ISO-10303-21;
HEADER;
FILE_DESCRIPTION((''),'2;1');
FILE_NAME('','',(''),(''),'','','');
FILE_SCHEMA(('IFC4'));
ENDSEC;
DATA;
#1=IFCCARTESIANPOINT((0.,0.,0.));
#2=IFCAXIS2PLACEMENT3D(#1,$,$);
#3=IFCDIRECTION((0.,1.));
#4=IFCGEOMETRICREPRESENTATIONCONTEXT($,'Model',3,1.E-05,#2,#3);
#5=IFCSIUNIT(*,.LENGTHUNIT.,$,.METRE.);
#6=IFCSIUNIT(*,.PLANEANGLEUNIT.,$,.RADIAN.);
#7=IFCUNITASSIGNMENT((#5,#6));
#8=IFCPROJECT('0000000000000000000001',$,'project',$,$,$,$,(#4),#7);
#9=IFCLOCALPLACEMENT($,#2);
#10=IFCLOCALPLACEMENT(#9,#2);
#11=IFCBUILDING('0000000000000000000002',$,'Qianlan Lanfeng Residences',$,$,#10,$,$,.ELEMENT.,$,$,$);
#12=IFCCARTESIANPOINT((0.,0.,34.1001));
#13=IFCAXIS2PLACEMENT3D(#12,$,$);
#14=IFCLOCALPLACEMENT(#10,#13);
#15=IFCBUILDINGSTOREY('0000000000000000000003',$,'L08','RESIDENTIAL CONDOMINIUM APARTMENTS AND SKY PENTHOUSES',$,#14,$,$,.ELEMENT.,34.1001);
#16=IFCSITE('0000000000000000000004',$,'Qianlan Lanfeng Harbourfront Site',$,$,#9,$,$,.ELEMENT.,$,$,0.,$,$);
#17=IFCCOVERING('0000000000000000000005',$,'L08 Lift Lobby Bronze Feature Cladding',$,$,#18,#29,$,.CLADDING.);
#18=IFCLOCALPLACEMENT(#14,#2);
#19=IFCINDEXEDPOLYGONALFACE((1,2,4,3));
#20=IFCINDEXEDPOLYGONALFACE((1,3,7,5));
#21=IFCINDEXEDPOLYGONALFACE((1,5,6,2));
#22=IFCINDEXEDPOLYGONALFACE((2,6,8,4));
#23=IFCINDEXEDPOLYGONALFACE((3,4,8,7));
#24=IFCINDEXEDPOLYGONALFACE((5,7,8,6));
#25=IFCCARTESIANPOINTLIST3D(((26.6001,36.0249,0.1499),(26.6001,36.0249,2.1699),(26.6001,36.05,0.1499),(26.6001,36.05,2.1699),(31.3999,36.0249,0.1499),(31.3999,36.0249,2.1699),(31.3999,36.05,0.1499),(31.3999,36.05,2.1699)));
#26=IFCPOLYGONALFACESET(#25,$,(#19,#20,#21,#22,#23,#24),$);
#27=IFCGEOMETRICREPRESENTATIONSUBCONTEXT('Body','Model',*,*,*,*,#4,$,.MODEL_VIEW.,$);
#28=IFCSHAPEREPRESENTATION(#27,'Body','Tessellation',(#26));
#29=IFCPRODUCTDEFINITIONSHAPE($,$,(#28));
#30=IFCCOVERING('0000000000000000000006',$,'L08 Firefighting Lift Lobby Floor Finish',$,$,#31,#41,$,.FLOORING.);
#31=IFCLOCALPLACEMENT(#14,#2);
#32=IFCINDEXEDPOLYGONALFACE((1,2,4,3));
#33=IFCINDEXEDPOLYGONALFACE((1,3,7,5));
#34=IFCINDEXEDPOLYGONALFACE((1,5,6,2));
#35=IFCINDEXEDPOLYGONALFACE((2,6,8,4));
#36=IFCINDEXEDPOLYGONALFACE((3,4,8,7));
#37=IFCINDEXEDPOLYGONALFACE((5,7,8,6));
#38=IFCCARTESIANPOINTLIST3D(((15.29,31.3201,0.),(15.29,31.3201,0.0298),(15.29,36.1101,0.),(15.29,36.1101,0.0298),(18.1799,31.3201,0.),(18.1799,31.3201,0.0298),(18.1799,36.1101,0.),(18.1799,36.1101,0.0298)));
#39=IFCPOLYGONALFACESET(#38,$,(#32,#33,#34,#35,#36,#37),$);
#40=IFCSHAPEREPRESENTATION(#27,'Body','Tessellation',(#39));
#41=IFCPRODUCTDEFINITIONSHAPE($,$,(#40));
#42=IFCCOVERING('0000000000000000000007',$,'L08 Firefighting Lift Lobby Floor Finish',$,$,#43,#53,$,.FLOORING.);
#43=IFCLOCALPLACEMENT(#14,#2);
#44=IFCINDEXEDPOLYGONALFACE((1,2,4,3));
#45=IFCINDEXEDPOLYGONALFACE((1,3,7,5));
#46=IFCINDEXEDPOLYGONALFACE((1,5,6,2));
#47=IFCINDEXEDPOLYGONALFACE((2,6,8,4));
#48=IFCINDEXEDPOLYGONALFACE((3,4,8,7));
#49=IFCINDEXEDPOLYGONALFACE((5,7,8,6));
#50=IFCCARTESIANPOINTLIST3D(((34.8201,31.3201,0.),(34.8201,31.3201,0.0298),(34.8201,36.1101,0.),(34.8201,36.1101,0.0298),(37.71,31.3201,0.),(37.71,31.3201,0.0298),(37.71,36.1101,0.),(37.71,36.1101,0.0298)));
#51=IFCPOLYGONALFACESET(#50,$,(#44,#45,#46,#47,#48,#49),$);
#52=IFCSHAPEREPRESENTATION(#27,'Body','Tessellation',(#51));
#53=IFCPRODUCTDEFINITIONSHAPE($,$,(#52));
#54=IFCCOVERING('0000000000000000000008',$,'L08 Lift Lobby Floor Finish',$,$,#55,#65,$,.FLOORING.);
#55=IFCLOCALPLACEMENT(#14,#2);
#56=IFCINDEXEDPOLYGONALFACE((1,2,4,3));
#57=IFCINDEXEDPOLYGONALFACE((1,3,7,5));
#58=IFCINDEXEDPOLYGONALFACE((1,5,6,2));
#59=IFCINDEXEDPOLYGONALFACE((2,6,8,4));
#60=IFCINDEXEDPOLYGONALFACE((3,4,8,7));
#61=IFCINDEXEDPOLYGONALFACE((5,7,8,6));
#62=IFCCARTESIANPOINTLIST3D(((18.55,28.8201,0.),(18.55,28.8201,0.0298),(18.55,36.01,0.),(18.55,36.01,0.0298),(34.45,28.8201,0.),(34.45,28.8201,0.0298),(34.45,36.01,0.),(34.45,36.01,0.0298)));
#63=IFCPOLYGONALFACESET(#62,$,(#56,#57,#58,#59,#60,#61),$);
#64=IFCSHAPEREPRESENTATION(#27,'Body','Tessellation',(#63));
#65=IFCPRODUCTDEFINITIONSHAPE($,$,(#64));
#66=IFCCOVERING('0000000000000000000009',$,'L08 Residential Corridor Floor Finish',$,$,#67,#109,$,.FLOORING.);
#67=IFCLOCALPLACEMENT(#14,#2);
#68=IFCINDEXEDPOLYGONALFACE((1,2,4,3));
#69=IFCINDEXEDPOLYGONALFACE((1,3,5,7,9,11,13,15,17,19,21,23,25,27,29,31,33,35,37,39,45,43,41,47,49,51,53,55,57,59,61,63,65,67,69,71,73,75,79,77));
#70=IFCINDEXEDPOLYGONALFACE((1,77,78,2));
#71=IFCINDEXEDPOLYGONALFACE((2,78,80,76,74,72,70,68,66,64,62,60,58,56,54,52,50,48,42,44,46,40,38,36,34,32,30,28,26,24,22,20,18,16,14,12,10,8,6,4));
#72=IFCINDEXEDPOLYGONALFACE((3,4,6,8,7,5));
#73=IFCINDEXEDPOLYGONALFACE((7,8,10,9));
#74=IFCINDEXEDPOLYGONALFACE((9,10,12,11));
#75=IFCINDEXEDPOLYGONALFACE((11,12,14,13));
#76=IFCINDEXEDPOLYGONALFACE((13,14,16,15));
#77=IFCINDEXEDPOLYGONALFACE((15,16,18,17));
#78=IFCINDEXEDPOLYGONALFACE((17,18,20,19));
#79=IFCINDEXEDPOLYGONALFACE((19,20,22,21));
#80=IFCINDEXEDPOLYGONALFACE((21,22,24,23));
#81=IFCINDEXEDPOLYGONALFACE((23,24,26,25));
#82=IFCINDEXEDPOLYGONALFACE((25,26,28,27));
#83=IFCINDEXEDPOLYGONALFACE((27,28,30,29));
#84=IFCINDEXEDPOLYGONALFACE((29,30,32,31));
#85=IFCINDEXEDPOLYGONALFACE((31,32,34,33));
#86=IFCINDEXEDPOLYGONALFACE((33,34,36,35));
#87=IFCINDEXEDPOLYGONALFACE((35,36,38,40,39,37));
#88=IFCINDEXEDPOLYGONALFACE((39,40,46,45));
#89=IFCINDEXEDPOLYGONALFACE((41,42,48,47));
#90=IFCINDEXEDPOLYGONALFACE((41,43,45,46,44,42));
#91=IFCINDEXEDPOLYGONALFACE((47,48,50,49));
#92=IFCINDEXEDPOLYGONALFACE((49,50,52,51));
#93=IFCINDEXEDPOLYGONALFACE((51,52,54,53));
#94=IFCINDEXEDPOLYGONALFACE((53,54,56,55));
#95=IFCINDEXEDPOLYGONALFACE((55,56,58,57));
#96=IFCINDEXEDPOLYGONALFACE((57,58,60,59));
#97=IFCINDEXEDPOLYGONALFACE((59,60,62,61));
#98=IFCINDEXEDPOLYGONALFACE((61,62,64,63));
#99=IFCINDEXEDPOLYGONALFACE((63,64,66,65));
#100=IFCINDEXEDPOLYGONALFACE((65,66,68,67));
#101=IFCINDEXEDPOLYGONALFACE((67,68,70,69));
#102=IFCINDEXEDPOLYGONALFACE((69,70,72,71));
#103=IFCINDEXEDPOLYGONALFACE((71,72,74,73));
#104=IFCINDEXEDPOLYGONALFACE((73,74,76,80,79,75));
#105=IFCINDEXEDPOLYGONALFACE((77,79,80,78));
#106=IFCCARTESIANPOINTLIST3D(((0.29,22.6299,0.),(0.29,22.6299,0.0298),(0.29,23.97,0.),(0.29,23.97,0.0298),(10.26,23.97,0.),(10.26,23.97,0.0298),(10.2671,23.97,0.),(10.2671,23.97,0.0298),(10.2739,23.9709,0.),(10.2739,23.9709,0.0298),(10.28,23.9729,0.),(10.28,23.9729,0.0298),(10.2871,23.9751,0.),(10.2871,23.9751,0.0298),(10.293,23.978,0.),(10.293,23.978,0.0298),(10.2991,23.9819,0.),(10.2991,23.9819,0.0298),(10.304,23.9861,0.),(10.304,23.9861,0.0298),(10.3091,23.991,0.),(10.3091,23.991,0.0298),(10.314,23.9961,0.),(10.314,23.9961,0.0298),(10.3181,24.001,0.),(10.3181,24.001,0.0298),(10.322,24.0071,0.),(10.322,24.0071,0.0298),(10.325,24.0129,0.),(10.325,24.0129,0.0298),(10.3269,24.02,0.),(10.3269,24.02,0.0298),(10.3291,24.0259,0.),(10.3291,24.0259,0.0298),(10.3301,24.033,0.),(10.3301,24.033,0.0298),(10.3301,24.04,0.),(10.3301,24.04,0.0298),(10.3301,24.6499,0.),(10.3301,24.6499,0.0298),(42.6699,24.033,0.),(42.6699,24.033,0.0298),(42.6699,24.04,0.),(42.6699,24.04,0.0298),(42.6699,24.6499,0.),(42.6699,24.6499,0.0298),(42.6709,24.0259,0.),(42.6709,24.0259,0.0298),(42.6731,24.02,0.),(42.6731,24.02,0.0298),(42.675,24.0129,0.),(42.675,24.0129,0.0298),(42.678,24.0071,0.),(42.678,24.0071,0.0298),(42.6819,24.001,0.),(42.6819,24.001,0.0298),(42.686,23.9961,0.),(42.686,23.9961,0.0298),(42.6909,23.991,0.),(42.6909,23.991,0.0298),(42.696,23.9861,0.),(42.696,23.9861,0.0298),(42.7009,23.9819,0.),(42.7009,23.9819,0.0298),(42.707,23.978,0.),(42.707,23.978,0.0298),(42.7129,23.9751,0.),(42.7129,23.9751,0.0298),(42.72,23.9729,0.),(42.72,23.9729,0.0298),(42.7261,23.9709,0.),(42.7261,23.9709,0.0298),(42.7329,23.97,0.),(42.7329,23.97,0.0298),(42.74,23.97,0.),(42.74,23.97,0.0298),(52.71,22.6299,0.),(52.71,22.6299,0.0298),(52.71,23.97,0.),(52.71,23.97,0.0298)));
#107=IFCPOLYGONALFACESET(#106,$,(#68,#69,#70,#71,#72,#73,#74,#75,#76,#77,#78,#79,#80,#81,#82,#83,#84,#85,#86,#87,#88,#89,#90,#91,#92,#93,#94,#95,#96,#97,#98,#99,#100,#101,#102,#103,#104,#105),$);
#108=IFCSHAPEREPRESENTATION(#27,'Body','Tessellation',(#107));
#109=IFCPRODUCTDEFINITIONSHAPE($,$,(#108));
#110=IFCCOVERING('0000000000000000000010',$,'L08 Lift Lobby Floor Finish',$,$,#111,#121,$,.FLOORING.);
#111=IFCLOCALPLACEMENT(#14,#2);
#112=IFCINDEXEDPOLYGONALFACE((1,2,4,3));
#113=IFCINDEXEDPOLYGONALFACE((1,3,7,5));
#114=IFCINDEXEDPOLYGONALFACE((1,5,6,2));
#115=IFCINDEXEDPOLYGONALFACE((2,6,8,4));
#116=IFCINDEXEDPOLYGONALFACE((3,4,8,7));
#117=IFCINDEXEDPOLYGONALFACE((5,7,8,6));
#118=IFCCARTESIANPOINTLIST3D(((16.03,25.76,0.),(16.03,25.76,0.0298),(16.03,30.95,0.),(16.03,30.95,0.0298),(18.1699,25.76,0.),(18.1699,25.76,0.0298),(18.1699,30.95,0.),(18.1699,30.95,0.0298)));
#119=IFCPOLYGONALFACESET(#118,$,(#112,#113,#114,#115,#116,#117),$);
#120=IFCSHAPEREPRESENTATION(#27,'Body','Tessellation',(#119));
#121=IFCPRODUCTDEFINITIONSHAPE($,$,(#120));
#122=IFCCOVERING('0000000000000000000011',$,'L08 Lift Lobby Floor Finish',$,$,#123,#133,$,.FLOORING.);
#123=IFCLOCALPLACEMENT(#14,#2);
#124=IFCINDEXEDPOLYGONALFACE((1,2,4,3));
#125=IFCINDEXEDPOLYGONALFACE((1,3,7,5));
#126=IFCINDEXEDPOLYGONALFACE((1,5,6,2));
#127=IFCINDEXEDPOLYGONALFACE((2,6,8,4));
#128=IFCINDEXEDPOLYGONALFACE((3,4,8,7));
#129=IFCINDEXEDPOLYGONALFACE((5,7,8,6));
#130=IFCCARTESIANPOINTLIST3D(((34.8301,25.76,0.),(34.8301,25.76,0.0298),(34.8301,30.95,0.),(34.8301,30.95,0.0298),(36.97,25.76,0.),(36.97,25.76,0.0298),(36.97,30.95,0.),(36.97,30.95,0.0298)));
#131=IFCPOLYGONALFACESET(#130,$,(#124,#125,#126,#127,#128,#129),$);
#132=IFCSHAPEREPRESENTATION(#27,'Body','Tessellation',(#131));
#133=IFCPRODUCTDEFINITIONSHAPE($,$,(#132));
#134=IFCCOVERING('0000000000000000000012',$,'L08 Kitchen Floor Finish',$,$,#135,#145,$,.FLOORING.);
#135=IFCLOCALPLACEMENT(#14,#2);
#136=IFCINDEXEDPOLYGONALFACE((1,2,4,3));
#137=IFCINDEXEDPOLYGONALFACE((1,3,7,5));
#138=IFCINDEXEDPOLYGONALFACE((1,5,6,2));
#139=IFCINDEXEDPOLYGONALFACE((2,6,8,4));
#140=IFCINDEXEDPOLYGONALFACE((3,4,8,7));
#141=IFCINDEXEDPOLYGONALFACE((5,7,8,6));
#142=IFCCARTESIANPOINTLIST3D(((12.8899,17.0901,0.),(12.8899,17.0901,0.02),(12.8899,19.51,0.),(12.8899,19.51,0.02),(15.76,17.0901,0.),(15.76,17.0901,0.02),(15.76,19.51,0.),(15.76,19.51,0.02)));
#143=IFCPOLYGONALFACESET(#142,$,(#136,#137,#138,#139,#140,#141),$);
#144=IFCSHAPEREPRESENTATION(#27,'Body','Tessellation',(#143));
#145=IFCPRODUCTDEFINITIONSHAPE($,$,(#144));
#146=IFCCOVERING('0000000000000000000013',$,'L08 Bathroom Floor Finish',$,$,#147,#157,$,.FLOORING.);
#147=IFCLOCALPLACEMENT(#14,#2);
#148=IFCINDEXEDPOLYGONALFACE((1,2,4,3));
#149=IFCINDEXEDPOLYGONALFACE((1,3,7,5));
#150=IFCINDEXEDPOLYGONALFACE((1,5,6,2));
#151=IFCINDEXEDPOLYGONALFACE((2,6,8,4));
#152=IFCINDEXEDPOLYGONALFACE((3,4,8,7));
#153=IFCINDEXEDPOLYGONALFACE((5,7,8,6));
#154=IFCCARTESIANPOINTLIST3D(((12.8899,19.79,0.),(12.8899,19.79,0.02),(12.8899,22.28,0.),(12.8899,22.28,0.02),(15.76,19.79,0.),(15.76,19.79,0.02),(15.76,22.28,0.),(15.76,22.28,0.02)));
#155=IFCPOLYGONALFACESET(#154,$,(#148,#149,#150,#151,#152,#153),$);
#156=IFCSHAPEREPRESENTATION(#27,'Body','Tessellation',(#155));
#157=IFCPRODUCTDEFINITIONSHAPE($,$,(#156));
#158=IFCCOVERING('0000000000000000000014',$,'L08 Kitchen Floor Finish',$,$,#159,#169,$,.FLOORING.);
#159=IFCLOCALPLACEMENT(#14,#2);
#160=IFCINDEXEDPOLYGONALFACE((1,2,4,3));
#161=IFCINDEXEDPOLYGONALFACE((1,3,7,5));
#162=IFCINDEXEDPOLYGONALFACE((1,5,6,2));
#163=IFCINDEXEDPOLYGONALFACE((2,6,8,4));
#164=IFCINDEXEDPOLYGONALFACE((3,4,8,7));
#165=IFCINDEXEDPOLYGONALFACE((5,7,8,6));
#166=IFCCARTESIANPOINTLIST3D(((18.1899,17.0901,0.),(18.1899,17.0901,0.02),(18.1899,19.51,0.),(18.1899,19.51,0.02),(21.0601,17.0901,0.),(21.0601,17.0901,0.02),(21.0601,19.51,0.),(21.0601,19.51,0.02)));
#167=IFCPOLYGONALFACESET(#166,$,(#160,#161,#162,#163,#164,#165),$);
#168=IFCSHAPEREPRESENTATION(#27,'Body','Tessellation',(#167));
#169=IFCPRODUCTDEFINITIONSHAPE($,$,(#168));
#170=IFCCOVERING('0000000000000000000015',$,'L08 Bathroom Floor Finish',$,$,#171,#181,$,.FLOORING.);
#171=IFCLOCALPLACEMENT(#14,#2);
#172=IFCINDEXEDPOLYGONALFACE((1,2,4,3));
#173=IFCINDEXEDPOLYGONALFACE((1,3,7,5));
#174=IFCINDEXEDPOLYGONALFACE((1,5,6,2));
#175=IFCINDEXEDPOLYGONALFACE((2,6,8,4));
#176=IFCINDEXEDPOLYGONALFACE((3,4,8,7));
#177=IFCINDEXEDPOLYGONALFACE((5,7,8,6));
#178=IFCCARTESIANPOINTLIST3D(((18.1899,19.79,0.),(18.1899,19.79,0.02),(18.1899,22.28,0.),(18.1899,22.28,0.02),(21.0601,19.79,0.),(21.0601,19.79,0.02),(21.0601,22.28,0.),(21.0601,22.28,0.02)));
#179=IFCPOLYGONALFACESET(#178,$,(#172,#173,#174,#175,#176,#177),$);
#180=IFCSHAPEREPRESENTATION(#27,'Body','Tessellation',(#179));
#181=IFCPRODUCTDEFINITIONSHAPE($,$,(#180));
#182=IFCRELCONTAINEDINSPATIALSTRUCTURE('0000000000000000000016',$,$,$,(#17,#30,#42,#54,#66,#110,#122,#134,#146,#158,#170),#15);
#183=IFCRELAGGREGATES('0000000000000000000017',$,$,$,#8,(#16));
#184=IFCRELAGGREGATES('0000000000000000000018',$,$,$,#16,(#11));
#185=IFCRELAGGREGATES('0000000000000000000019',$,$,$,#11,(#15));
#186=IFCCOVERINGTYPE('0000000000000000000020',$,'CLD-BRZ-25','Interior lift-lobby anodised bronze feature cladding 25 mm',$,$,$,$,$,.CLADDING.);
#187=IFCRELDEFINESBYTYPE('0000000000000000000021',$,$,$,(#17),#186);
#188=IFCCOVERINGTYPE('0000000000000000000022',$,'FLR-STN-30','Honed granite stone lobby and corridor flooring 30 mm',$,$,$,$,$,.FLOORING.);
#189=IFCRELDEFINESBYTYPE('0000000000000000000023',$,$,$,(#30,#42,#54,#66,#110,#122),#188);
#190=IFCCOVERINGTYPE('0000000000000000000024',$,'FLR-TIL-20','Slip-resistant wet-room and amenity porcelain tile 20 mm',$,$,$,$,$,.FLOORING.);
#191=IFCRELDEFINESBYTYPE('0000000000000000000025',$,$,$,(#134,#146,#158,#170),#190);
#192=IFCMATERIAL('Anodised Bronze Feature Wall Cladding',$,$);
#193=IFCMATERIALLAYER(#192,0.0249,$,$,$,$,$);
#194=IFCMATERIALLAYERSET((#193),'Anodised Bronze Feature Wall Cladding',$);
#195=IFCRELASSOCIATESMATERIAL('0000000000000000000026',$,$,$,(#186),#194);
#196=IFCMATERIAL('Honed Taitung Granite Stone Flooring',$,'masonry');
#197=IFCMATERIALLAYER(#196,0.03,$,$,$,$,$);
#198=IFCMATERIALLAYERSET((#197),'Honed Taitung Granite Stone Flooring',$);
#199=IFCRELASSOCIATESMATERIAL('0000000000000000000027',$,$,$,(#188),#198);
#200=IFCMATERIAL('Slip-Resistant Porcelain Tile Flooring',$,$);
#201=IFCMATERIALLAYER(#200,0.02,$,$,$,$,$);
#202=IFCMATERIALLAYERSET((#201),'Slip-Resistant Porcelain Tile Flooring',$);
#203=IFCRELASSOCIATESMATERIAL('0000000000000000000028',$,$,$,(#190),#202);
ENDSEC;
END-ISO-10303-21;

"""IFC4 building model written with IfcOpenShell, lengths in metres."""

from ifc_helpers import new_model, si_unit, direction, frame, origin, place, context, subcontext, project, spatial, polyline, outline, extrude, material, layer, layer_set, type_object, element, save


model = new_model("IFC4")

# Units and contexts
model_context = context("Model", 3, precision=1e-05, world=origin(), true_north=direction((0.0, 1.0)))
body_context = subcontext(model_context, "Body", "Model", "MODEL_VIEW")
ifc_project = project(units=[si_unit("LENGTHUNIT", "METRE"), si_unit("PLANEANGLEUNIT", "RADIAN")], contexts=[model_context])

# Site, building, storey
site_placement = place(None, origin())
site = spatial("IfcSite", under=ifc_project, at=site_placement, Name="Qianlan Lanfeng Harbourfront Site", CompositionType="ELEMENT", RefElevation=0.0)
building_placement = place(site_placement, origin())
building = spatial("IfcBuilding", under=site, at=building_placement, Name="Qianlan Lanfeng Residences", CompositionType="ELEMENT")
storey_placement = place(building_placement, frame((0.0, 0.0, 34.1001)))
storey = spatial("IfcBuildingStorey", under=building, at=storey_placement, Name="L08", Description="RESIDENTIAL CONDOMINIUM APARTMENTS AND SKY PENTHOUSES", CompositionType="ELEMENT", Elevation=34.1001)

# Coverings
ifc_material_1 = material(Name="Anodised Bronze Feature Wall Cladding")
ifc_layer_1 = layer(ifc_material_1, 0.0249)
ifc_layer_set_1 = layer_set([ifc_layer_1], Name="Anodised Bronze Feature Wall Cladding")
covering_type_1 = type_object("IfcCoveringType", Name="CLD-BRZ-25", Description="Interior lift-lobby anodised bronze feature cladding 25 mm", PredefinedType="CLADDING", material=ifc_layer_set_1)
covering_1_placement = place(storey_placement, frame((0.0, 0.0, 0.1499)))
element("IfcCovering", 1, at=covering_1_placement, inside=storey, type_object=covering_type_1, Name="L08 Lift Lobby Bronze Feature Cladding", PredefinedType="CLADDING", context=body_context, shape_type="SweptSolid", body=[
    extrude(outline(polyline([(26.6001, 36.0249), (31.3999, 36.0249), (31.3999, 36.05), (26.6001, 36.05), (26.6001, 36.0249)])), origin(), (0.0, 0.0, 1.0), 2.02),
])
ifc_material_2 = material(Name="Honed Taitung Granite Stone Flooring", Category="masonry")
ifc_layer_2 = layer(ifc_material_2, 0.03)
ifc_layer_set_2 = layer_set([ifc_layer_2], Name="Honed Taitung Granite Stone Flooring")
covering_type_2 = type_object("IfcCoveringType", Name="FLR-STN-30", Description="Honed granite stone lobby and corridor flooring 30 mm", PredefinedType="FLOORING", material=ifc_layer_set_2)
covering_2_placement = place(storey_placement, origin())
element("IfcCovering", 2, at=covering_2_placement, inside=storey, type_object=covering_type_2, Name="L08 Firefighting Lift Lobby Floor Finish", PredefinedType="FLOORING", context=body_context, shape_type="SweptSolid", body=[
    extrude(outline(polyline([(15.29, 31.3201), (18.1799, 31.3201), (18.1799, 36.1101), (15.29, 36.1101), (15.29, 31.3201)])), origin(), (0.0, 0.0, 1.0), 0.0298),
])
covering_3_placement = place(storey_placement, origin())
element("IfcCovering", 3, at=covering_3_placement, inside=storey, type_object=covering_type_2, Name="L08 Firefighting Lift Lobby Floor Finish", PredefinedType="FLOORING", context=body_context, shape_type="SweptSolid", body=[
    extrude(outline(polyline([(34.8201, 31.3201), (37.71, 31.3201), (37.71, 36.1101), (34.8201, 36.1101), (34.8201, 31.3201)])), origin(), (0.0, 0.0, 1.0), 0.0298),
])
covering_4_placement = place(storey_placement, origin())
element("IfcCovering", 4, at=covering_4_placement, inside=storey, type_object=covering_type_2, Name="L08 Lift Lobby Floor Finish", PredefinedType="FLOORING", context=body_context, shape_type="SweptSolid", body=[
    extrude(outline(polyline([(18.55, 28.8201), (34.45, 28.8201), (34.45, 36.01), (18.55, 36.01), (18.55, 28.8201)])), origin(), (0.0, 0.0, 1.0), 0.0298),
])
covering_5_placement = place(storey_placement, origin())
element("IfcCovering", 5, at=covering_5_placement, inside=storey, type_object=covering_type_2, Name="L08 Residential Corridor Floor Finish", PredefinedType="FLOORING", context=body_context, shape_type="SweptSolid", body=[
    extrude(outline(polyline([(0.29, 22.6299), (52.71, 22.6299), (52.71, 23.97), (42.74, 23.97), (42.7329, 23.97), (42.7261, 23.9709), (42.72, 23.9729), (42.7129, 23.9751), (42.707, 23.978), (42.7009, 23.9819), (42.696, 23.9861), (42.6909, 23.991), (42.686, 23.9961), (42.6819, 24.001), (42.678, 24.0071), (42.675, 24.0129), (42.6731, 24.02), (42.6709, 24.0259), (42.6699, 24.033), (42.6699, 24.04), (42.6699, 24.6499), (10.3301, 24.6499), (10.3301, 24.04), (10.3301, 24.033), (10.3291, 24.0259), (10.3269, 24.02), (10.325, 24.0129), (10.322, 24.0071), (10.3181, 24.001), (10.314, 23.9961), (10.3091, 23.991), (10.304, 23.9861), (10.2991, 23.9819), (10.293, 23.978), (10.2871, 23.9751), (10.28, 23.9729), (10.2739, 23.9709), (10.2671, 23.97), (10.26, 23.97), (0.29, 23.97), (0.29, 22.6299)])), origin(), (0.0, 0.0, 1.0), 0.0298),
])
covering_6_placement = place(storey_placement, origin())
element("IfcCovering", 6, at=covering_6_placement, inside=storey, type_object=covering_type_2, Name="L08 Lift Lobby Floor Finish", PredefinedType="FLOORING", context=body_context, shape_type="SweptSolid", body=[
    extrude(outline(polyline([(16.03, 25.76), (18.1699, 25.76), (18.1699, 30.95), (16.03, 30.95), (16.03, 25.76)])), origin(), (0.0, 0.0, 1.0), 0.0298),
])
covering_7_placement = place(storey_placement, origin())
element("IfcCovering", 7, at=covering_7_placement, inside=storey, type_object=covering_type_2, Name="L08 Lift Lobby Floor Finish", PredefinedType="FLOORING", context=body_context, shape_type="SweptSolid", body=[
    extrude(outline(polyline([(34.8301, 25.76), (36.97, 25.76), (36.97, 30.95), (34.8301, 30.95), (34.8301, 25.76)])), origin(), (0.0, 0.0, 1.0), 0.0298),
])
ifc_material_3 = material(Name="Slip-Resistant Porcelain Tile Flooring")
ifc_layer_3 = layer(ifc_material_3, 0.02)
ifc_layer_set_3 = layer_set([ifc_layer_3], Name="Slip-Resistant Porcelain Tile Flooring")
covering_type_3 = type_object("IfcCoveringType", Name="FLR-TIL-20", Description="Slip-resistant wet-room and amenity porcelain tile 20 mm", PredefinedType="FLOORING", material=ifc_layer_set_3)
covering_8_placement = place(storey_placement, origin())
element("IfcCovering", 8, at=covering_8_placement, inside=storey, type_object=covering_type_3, Name="L08 Kitchen Floor Finish", PredefinedType="FLOORING", context=body_context, shape_type="SweptSolid", body=[
    extrude(outline(polyline([(12.8899, 17.0901), (15.76, 17.0901), (15.76, 19.51), (12.8899, 19.51), (12.8899, 17.0901)])), origin(), (0.0, 0.0, 1.0), 0.02),
])
covering_9_placement = place(storey_placement, origin())
element("IfcCovering", 9, at=covering_9_placement, inside=storey, type_object=covering_type_3, Name="L08 Bathroom Floor Finish", PredefinedType="FLOORING", context=body_context, shape_type="SweptSolid", body=[
    extrude(outline(polyline([(12.8899, 19.79), (15.76, 19.79), (15.76, 22.28), (12.8899, 22.28), (12.8899, 19.79)])), origin(), (0.0, 0.0, 1.0), 0.02),
])
covering_10_placement = place(storey_placement, origin())
element("IfcCovering", 10, at=covering_10_placement, inside=storey, type_object=covering_type_3, Name="L08 Kitchen Floor Finish", PredefinedType="FLOORING", context=body_context, shape_type="SweptSolid", body=[
    extrude(outline(polyline([(18.1899, 17.0901), (21.0601, 17.0901), (21.0601, 19.51), (18.1899, 19.51), (18.1899, 17.0901)])), origin(), (0.0, 0.0, 1.0), 0.02),
])
covering_11_placement = place(storey_placement, origin())
element("IfcCovering", 11, at=covering_11_placement, inside=storey, type_object=covering_type_3, Name="L08 Bathroom Floor Finish", PredefinedType="FLOORING", context=body_context, shape_type="SweptSolid", body=[
    extrude(outline(polyline([(18.1899, 19.79), (21.0601, 19.79), (21.0601, 22.28), (18.1899, 22.28), (18.1899, 19.79)])), origin(), (0.0, 0.0, 1.0), 0.02),
])

save(model, "model.ifc")
